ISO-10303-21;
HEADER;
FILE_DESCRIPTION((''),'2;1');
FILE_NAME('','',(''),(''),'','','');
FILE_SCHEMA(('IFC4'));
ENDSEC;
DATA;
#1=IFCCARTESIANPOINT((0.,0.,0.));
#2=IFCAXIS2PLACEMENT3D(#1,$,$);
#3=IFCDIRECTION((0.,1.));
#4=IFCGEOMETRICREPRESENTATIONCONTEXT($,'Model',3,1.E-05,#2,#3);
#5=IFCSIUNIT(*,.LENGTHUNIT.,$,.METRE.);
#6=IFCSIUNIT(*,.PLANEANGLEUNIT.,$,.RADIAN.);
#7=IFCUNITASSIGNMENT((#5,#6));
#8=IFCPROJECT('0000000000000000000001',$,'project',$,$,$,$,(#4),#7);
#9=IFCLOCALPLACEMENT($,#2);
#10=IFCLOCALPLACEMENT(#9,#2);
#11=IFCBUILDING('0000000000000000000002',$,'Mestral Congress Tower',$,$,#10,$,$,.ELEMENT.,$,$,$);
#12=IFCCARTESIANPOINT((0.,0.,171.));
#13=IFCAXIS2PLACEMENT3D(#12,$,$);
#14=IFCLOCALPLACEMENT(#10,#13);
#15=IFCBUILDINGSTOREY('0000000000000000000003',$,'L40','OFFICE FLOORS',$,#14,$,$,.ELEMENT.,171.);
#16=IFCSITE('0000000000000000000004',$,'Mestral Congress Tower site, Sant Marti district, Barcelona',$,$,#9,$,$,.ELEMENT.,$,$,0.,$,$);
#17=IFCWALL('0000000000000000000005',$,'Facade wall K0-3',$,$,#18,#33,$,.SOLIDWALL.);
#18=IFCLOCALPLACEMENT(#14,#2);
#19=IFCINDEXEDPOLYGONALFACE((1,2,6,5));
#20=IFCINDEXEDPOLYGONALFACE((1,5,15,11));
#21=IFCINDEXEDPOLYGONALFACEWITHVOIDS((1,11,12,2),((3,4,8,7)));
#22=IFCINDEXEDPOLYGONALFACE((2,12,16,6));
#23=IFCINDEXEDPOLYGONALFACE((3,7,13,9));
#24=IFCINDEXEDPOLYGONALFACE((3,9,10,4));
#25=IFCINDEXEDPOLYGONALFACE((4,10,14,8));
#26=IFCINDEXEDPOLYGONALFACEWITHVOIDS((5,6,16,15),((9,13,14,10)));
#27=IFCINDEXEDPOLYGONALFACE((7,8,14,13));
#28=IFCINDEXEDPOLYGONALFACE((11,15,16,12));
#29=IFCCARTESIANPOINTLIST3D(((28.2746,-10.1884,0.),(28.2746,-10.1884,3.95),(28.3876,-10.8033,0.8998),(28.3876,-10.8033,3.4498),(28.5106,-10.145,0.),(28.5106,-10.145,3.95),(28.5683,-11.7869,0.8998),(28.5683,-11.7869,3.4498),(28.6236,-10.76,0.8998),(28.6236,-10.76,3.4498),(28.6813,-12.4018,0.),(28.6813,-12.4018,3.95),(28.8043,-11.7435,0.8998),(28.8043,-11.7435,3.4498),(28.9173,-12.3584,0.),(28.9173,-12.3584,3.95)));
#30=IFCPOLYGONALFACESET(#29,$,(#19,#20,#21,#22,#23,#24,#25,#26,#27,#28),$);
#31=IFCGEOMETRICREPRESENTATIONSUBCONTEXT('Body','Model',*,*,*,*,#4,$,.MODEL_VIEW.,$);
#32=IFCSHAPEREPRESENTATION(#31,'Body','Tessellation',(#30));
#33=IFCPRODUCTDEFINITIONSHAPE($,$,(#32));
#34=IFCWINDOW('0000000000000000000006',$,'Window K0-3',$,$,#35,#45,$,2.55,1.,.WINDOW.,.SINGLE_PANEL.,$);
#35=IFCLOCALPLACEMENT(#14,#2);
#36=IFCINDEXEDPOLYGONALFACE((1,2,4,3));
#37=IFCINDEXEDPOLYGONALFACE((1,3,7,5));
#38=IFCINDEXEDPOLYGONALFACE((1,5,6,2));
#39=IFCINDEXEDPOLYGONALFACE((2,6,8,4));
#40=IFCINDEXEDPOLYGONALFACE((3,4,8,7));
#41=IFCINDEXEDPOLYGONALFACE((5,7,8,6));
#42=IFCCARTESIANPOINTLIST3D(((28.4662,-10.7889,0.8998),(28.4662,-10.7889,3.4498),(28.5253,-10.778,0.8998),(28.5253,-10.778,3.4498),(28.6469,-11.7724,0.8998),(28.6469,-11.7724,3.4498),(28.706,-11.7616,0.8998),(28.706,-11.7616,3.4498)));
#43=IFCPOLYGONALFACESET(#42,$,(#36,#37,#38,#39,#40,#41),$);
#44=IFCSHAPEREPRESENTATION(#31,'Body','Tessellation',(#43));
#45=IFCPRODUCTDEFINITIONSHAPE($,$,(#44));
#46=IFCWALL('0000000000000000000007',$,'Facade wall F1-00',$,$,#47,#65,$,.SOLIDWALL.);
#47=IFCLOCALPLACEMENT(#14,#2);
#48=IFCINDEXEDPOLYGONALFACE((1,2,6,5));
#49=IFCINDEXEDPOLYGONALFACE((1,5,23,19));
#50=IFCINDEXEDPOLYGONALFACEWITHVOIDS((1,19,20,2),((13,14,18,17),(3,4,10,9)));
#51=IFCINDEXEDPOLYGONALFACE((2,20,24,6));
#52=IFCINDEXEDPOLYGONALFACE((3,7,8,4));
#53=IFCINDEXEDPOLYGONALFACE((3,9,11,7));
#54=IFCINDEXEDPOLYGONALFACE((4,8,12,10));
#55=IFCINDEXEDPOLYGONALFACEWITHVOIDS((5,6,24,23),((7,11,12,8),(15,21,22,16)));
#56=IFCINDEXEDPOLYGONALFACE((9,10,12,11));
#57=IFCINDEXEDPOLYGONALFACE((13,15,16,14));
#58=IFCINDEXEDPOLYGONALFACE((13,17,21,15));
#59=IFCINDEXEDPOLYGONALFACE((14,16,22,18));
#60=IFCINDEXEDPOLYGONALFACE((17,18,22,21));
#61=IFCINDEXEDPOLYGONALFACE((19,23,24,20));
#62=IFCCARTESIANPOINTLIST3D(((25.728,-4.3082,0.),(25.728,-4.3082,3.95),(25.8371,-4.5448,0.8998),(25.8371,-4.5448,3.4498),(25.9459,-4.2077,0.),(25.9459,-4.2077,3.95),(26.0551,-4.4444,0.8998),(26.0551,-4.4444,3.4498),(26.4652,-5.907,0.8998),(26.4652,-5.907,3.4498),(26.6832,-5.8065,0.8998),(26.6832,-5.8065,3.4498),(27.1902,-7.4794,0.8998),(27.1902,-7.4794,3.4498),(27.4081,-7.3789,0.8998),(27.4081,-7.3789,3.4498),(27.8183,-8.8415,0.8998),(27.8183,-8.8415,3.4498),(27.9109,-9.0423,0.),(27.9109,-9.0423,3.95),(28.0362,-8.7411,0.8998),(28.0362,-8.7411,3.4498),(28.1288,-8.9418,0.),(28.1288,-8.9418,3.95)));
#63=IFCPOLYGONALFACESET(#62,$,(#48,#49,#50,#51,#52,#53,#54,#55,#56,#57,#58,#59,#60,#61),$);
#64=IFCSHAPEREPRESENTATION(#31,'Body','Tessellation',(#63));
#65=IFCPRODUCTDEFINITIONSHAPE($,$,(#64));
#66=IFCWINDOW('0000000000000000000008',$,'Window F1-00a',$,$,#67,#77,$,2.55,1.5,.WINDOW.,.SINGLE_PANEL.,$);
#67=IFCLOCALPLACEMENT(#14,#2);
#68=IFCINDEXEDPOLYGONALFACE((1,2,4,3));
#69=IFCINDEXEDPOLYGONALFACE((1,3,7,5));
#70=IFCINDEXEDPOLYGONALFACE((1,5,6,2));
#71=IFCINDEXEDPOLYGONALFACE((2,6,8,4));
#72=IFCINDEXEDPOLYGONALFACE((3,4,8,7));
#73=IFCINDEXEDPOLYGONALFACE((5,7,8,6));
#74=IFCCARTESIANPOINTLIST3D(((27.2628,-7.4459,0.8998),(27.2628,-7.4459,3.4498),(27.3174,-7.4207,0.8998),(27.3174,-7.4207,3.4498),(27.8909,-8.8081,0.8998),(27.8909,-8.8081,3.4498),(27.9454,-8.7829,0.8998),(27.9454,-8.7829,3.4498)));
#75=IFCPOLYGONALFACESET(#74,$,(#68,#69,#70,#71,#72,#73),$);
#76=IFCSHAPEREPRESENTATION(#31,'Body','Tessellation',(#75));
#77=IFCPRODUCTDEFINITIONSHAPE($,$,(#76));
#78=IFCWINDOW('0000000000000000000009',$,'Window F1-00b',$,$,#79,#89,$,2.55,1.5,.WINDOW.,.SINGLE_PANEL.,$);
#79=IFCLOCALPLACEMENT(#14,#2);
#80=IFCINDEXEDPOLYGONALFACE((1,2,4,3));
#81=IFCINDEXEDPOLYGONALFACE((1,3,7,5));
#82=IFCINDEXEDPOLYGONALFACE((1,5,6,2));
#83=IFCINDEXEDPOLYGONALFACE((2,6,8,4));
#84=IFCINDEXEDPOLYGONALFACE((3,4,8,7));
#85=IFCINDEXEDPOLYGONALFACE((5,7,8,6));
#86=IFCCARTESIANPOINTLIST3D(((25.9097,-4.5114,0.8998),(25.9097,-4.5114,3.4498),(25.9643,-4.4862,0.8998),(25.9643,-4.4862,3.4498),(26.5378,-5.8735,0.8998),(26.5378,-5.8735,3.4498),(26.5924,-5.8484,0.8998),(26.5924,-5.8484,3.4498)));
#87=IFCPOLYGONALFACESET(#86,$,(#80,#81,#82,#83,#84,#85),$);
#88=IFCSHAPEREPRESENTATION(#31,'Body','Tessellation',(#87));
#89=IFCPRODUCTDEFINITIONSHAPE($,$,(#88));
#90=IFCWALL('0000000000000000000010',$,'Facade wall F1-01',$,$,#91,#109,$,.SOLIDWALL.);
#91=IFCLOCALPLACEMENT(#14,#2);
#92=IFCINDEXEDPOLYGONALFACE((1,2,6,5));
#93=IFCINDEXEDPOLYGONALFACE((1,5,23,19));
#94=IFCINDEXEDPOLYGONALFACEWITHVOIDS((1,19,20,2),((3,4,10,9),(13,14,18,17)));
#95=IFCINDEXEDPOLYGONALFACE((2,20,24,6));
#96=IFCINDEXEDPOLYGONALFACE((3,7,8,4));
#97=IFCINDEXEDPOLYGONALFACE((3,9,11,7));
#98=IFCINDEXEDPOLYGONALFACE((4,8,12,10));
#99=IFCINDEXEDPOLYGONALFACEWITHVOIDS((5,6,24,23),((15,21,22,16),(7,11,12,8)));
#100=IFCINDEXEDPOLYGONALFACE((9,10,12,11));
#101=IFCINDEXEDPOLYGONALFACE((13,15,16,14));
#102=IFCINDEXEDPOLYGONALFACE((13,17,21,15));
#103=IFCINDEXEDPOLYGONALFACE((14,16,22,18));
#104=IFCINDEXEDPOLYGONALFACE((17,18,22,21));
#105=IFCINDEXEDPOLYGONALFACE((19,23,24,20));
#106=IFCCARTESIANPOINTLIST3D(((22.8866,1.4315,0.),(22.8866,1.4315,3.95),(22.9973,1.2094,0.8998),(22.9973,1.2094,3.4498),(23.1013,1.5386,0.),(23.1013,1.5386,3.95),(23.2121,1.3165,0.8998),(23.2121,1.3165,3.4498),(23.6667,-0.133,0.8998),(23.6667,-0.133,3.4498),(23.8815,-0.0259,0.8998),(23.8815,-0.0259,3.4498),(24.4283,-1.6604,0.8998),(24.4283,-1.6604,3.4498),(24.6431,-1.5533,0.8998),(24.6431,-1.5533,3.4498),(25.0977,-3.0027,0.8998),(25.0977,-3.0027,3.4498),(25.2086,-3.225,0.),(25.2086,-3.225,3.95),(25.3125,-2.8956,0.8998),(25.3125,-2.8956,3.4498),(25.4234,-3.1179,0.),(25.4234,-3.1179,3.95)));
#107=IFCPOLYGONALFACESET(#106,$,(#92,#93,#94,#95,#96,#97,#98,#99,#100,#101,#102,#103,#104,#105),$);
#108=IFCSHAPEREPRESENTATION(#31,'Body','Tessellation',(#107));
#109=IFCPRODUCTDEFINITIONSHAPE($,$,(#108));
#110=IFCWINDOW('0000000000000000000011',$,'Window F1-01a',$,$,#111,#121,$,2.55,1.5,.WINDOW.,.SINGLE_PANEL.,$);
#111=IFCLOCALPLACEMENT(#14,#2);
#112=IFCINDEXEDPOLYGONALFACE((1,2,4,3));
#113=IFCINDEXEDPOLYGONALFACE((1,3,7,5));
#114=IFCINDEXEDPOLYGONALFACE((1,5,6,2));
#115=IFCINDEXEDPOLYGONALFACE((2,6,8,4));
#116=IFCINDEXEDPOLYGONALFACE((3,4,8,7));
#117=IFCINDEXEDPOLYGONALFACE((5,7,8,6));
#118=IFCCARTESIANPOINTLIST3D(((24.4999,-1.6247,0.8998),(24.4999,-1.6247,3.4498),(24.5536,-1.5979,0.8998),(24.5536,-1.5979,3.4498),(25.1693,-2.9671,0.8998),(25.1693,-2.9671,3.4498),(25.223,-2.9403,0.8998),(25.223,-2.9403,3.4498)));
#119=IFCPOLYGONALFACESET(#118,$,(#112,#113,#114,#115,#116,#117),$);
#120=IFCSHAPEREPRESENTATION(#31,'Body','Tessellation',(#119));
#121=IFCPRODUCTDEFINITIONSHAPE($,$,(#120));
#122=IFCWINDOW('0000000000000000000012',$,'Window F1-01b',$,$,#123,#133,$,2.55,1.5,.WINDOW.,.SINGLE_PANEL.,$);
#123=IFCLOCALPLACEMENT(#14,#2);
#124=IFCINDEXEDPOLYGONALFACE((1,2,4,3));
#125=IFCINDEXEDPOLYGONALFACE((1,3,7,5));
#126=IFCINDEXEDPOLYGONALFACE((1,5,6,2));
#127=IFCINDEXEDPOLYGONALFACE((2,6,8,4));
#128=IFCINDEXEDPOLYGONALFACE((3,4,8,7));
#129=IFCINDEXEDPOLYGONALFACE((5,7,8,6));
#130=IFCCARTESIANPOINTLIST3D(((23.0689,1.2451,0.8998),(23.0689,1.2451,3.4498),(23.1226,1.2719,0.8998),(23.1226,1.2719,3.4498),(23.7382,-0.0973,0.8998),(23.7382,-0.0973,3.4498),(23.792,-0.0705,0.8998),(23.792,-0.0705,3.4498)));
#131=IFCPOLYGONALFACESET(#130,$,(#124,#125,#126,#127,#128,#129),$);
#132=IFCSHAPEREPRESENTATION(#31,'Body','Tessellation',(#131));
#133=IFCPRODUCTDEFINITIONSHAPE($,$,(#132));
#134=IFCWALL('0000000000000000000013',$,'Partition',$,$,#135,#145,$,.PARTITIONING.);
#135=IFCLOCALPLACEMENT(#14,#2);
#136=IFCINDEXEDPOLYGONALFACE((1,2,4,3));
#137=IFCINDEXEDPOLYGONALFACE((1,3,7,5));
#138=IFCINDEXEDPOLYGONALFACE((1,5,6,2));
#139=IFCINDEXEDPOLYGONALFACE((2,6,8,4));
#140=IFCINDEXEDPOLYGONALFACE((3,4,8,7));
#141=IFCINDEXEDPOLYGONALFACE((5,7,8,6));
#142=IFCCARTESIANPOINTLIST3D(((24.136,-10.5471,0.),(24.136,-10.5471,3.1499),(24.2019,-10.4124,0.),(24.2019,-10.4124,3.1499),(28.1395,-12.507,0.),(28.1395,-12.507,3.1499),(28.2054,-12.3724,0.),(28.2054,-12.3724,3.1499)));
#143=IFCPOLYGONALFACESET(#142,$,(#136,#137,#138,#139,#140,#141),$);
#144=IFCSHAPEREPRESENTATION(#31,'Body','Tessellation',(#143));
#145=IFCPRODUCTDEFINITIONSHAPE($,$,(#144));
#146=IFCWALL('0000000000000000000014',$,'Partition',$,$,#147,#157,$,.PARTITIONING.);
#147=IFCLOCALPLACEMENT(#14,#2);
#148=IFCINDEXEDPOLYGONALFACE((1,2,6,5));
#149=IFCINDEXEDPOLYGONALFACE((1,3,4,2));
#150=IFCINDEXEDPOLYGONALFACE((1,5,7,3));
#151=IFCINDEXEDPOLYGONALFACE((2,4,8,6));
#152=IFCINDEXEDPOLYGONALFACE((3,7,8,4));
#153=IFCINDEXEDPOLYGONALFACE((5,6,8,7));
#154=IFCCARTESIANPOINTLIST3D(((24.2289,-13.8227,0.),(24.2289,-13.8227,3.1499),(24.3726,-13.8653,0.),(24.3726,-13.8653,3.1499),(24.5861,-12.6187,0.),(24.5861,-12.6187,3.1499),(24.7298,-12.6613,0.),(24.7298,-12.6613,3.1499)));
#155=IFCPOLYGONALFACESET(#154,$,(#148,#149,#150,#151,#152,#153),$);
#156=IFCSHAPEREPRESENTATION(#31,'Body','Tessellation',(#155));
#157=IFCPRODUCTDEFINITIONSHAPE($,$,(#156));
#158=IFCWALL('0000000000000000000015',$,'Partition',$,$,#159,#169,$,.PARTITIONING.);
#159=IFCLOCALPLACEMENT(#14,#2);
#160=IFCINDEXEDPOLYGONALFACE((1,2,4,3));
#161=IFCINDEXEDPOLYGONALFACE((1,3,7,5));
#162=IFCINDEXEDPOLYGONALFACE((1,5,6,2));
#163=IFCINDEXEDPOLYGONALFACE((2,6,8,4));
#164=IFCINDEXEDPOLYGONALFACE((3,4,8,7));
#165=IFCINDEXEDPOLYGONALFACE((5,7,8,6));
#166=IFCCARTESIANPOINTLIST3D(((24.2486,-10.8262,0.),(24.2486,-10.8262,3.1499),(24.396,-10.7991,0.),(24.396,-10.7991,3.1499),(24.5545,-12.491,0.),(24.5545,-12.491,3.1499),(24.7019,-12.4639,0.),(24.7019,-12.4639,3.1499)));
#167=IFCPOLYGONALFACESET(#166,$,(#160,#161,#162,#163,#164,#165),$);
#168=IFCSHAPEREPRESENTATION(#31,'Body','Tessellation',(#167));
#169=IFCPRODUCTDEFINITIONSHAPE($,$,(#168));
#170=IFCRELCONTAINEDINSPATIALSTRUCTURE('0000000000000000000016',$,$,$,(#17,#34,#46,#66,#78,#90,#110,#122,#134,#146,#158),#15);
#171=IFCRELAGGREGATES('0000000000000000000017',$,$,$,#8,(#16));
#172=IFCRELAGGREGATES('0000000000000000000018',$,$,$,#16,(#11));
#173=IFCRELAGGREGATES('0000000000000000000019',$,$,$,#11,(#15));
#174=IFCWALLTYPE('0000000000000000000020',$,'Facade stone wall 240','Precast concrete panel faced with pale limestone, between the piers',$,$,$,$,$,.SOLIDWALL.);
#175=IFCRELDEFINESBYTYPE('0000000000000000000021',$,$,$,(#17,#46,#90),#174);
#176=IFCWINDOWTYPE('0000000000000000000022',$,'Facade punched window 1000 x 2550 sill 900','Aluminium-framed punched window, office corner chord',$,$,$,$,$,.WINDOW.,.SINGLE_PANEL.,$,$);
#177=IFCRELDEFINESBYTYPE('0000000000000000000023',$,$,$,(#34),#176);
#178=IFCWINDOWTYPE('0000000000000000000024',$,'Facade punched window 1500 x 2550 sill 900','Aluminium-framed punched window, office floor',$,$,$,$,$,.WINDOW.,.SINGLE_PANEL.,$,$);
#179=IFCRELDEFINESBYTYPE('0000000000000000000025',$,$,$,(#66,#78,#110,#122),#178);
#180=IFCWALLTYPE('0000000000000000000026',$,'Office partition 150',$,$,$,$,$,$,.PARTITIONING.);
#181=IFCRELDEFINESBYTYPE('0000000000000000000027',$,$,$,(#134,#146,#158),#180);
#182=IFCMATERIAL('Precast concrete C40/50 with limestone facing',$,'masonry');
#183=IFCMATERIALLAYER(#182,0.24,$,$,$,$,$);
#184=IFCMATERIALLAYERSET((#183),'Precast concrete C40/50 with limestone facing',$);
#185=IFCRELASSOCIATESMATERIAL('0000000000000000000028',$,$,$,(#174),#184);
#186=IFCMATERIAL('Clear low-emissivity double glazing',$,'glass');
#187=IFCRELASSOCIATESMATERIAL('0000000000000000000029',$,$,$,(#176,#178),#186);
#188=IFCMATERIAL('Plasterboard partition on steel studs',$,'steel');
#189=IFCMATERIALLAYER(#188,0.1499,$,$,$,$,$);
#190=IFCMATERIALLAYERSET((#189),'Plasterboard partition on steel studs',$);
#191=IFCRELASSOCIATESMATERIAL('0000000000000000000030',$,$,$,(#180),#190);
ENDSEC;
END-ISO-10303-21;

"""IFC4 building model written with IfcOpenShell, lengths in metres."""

from ifc_helpers import new_model, si_unit, direction, frame, frame_2d, origin, place, context, subcontext, project, spatial, rectangle, extrude, material, layer, layer_set, type_object, element, fill, save


model = new_model("IFC4")

# Units and contexts
model_context = context("Model", 3, precision=1e-05, world=origin(), true_north=direction((0.0, 1.0)))
body_context = subcontext(model_context, "Body", "Model", "MODEL_VIEW")
ifc_project = project(units=[si_unit("LENGTHUNIT", "METRE"), si_unit("PLANEANGLEUNIT", "RADIAN")], contexts=[model_context])

# Site, building, storey
site_placement = place(None, origin())
site = spatial("IfcSite", under=ifc_project, at=site_placement, Name="Mestral Congress Tower site, Sant Marti district, Barcelona", CompositionType="ELEMENT", RefElevation=0.0)
building_placement = place(site_placement, origin())
building = spatial("IfcBuilding", under=site, at=building_placement, Name="Mestral Congress Tower", CompositionType="ELEMENT")
storey_placement = place(building_placement, frame((0.0, 0.0, 171.0)))
storey = spatial("IfcBuildingStorey", under=building, at=storey_placement, Name="L40", Description="OFFICE FLOORS", CompositionType="ELEMENT", Elevation=171.0)

# Wall, opening, window
ifc_material_1 = material(Name="Precast concrete C40/50 with limestone facing", Category="masonry")
ifc_layer_1 = layer(ifc_material_1, 0.24)
ifc_layer_set_1 = layer_set([ifc_layer_1], Name="Precast concrete C40/50 with limestone facing")
wall_type_1 = type_object("IfcWallType", Name="Facade stone wall 240", Description="Precast concrete panel faced with pale limestone, between the piers", PredefinedType="SOLIDWALL", material=ifc_layer_set_1)
wall_1_placement = place(storey_placement, frame((28.7993, -12.3801, 0.0), z_axis=(0.0, 0.0, 1.0), x_axis=(-0.180737, 0.983531, 0.0)))
wall_1 = element("IfcWall", 1, at=wall_1_placement, inside=storey, type_object=wall_type_1, Name="Facade wall K0-3", PredefinedType="SOLIDWALL", context=body_context, shape_type="SweptSolid", body=[
    extrude(rectangle(XDim=2.2505, YDim=0.24, at=frame_2d((1.1252, 0.0))), origin(), (0.0, 0.0, 1.0), 3.95),
])
opening_1_placement = place(wall_1_placement, frame((0.6252, 0.0, 0.8999)))
opening_1 = element("IfcOpeningElement", 2, at=opening_1_placement, cuts=wall_1, PredefinedType="OPENING", context=body_context, shape_type="SweptSolid", body=[
    extrude(rectangle(XDim=1.0, YDim=2.55, at=frame_2d((0.5, 1.2749))), frame((0.0, 0.1299, 0.0), z_axis=(0.0, -1.0, 0.0), x_axis=(1.0, 0.0, 0.0)), (0.0, 0.0, 1.0), 0.26),
])
ifc_material_2 = material(Name="Clear low-emissivity double glazing", Category="glass")
window_type_1 = type_object("IfcWindowType", Name="Facade punched window 1000 x 2550 sill 900", Description="Aluminium-framed punched window, office corner chord", PartitioningType="SINGLE_PANEL", PredefinedType="WINDOW", material=ifc_material_2)
window_1_placement = place(opening_1_placement, origin())
window_1 = element("IfcWindow", 3, at=window_1_placement, inside=storey, type_object=window_type_1, Name="Window K0-3", OverallHeight=2.55, OverallWidth=1.0, PartitioningType="SINGLE_PANEL", PredefinedType="WINDOW", context=body_context, shape_type="SweptSolid", body=[
    extrude(rectangle(XDim=1.0, YDim=2.55, at=frame_2d((0.5, 1.2749))), frame((0.0, 0.04, 0.0), z_axis=(0.0, -1.0, 0.0), x_axis=(1.0, 0.0, 0.0)), (0.0, 0.0, 1.0), 0.0601),
])
fill(opening_1, window_1)

# Walls, openings, windows
wall_2_placement = place(storey_placement, frame((28.0198, -8.9919, 0.0), z_axis=(0.0, 0.0, 1.0), x_axis=(-0.418723, 0.908114, 0.0)))
wall_2 = element("IfcWall", 4, at=wall_2_placement, inside=storey, type_object=wall_type_1, Name="Facade wall F1-00", PredefinedType="SOLIDWALL", context=body_context, shape_type="SweptSolid", body=[
    extrude(rectangle(XDim=5.2131, YDim=0.24, at=frame_2d((2.6064, 0.0))), origin(), (0.0, 0.0, 1.0), 3.95),
])
opening_2_placement = place(wall_2_placement, frame((0.2209, 0.0, 0.8999)))
opening_2 = element("IfcOpeningElement", 5, at=opening_2_placement, cuts=wall_2, PredefinedType="OPENING", context=body_context, shape_type="SweptSolid", body=[
    extrude(rectangle(XDim=1.5, YDim=2.55, at=frame_2d((0.75, 1.2749))), frame((0.0, 0.1299, 0.0), z_axis=(0.0, -1.0, 0.0), x_axis=(1.0, 0.0, 0.0)), (0.0, 0.0, 1.0), 0.26),
])
opening_3_placement = place(wall_2_placement, frame((3.4524, 0.0, 0.8999)))
opening_3 = element("IfcOpeningElement", 6, at=opening_3_placement, cuts=wall_2, PredefinedType="OPENING", context=body_context, shape_type="SweptSolid", body=[
    extrude(rectangle(XDim=1.5, YDim=2.55, at=frame_2d((0.75, 1.2749))), frame((0.0, 0.1299, 0.0), z_axis=(0.0, -1.0, 0.0), x_axis=(1.0, 0.0, 0.0)), (0.0, 0.0, 1.0), 0.26),
])
window_type_2 = type_object("IfcWindowType", Name="Facade punched window 1500 x 2550 sill 900", Description="Aluminium-framed punched window, office floor", PartitioningType="SINGLE_PANEL", PredefinedType="WINDOW", material=ifc_material_2)
window_2_placement = place(opening_2_placement, origin())
window_2 = element("IfcWindow", 7, at=window_2_placement, inside=storey, type_object=window_type_2, Name="Window F1-00a", OverallHeight=2.55, OverallWidth=1.5, PartitioningType="SINGLE_PANEL", PredefinedType="WINDOW", context=body_context, shape_type="SweptSolid", body=[
    extrude(rectangle(XDim=1.5, YDim=2.55, at=frame_2d((0.75, 1.2749))), frame((0.0, 0.04, 0.0), z_axis=(0.0, -1.0, 0.0), x_axis=(1.0, 0.0, 0.0)), (0.0, 0.0, 1.0), 0.0601),
])
fill(opening_2, window_2)
window_3_placement = place(opening_3_placement, origin())
window_3 = element("IfcWindow", 8, at=window_3_placement, inside=storey, type_object=window_type_2, Name="Window F1-00b", OverallHeight=2.55, OverallWidth=1.5, PartitioningType="SINGLE_PANEL", PredefinedType="WINDOW", context=body_context, shape_type="SweptSolid", body=[
    extrude(rectangle(XDim=1.5, YDim=2.55, at=frame_2d((0.75, 1.2749))), frame((0.0, 0.04, 0.0), z_axis=(0.0, -1.0, 0.0), x_axis=(1.0, 0.0, 0.0)), (0.0, 0.0, 1.0), 0.0601),
])
fill(opening_3, window_3)
wall_3_placement = place(storey_placement, frame((25.3159, -3.1714, 0.0), z_axis=(0.0, 0.0, 1.0), x_axis=(-0.446256, 0.894905, 0.0)))
wall_3 = element("IfcWall", 9, at=wall_3_placement, inside=storey, type_object=wall_type_1, Name="Facade wall F1-01", PredefinedType="SOLIDWALL", context=body_context, shape_type="SweptSolid", body=[
    extrude(rectangle(XDim=5.2034, YDim=0.24, at=frame_2d((2.6016, 0.0))), origin(), (0.0, 0.0, 1.0), 3.95),
])
opening_4_placement = place(wall_3_placement, frame((0.2483, 0.0, 0.8999)))
opening_4 = element("IfcOpeningElement", 10, at=opening_4_placement, cuts=wall_3, PredefinedType="OPENING", context=body_context, shape_type="SweptSolid", body=[
    extrude(rectangle(XDim=1.5, YDim=2.55, at=frame_2d((0.75, 1.2749))), frame((0.0, 0.1299, 0.0), z_axis=(0.0, -1.0, 0.0), x_axis=(1.0, 0.0, 0.0)), (0.0, 0.0, 1.0), 0.26),
])
opening_5_placement = place(wall_3_placement, frame((3.4551, 0.0, 0.8999)))
opening_5 = element("IfcOpeningElement", 11, at=opening_5_placement, cuts=wall_3, PredefinedType="OPENING", context=body_context, shape_type="SweptSolid", body=[
    extrude(rectangle(XDim=1.5, YDim=2.55, at=frame_2d((0.75, 1.2749))), frame((0.0, 0.1299, 0.0), z_axis=(0.0, -1.0, 0.0), x_axis=(1.0, 0.0, 0.0)), (0.0, 0.0, 1.0), 0.26),
])
window_4_placement = place(opening_4_placement, origin())
window_4 = element("IfcWindow", 12, at=window_4_placement, inside=storey, type_object=window_type_2, Name="Window F1-01a", OverallHeight=2.55, OverallWidth=1.5, PartitioningType="SINGLE_PANEL", PredefinedType="WINDOW", context=body_context, shape_type="SweptSolid", body=[
    extrude(rectangle(XDim=1.5, YDim=2.55, at=frame_2d((0.75, 1.2749))), frame((0.0, 0.04, 0.0), z_axis=(0.0, -1.0, 0.0), x_axis=(1.0, 0.0, 0.0)), (0.0, 0.0, 1.0), 0.0601),
])
fill(opening_4, window_4)
window_5_placement = place(opening_5_placement, origin())
window_5 = element("IfcWindow", 13, at=window_5_placement, inside=storey, type_object=window_type_2, Name="Window F1-01b", OverallHeight=2.55, OverallWidth=1.5, PartitioningType="SINGLE_PANEL", PredefinedType="WINDOW", context=body_context, shape_type="SweptSolid", body=[
    extrude(rectangle(XDim=1.5, YDim=2.55, at=frame_2d((0.75, 1.2749))), frame((0.0, 0.04, 0.0), z_axis=(0.0, -1.0, 0.0), x_axis=(1.0, 0.0, 0.0)), (0.0, 0.0, 1.0), 0.0601),
])
fill(opening_5, window_5)

# Walls
ifc_material_3 = material(Name="Plasterboard partition on steel studs", Category="steel")
ifc_layer_2 = layer(ifc_material_3, 0.1499)
ifc_layer_set_2 = layer_set([ifc_layer_2], Name="Plasterboard partition on steel studs")
wall_type_2 = type_object("IfcWallType", Name="Office partition 150", PredefinedType="PARTITIONING", material=ifc_layer_set_2)
wall_4_placement = place(storey_placement, frame((24.1689, -10.4797, 0.0), z_axis=(0.0, 0.0, 1.0), x_axis=(0.898142, -0.439705, 0.0)))
element("IfcWall", 14, at=wall_4_placement, inside=storey, type_object=wall_type_2, Name="Partition", PredefinedType="PARTITIONING", context=body_context, shape_type="SweptSolid", body=[
    extrude(rectangle(XDim=4.4575, YDim=0.1499, at=frame_2d((2.2288, 0.0))), origin(), (0.0, 0.0, 1.0), 3.1499),
])
wall_5_placement = place(storey_placement, frame((24.3008, -13.844, 0.0), z_axis=(0.0, 0.0, 1.0), x_axis=(0.284386, 0.95871, 0.0)))
element("IfcWall", 15, at=wall_5_placement, inside=storey, type_object=wall_type_2, Name="Partition", PredefinedType="PARTITIONING", context=body_context, shape_type="SweptSolid", body=[
    extrude(rectangle(XDim=1.2559, YDim=0.1499, at=frame_2d((0.6279, 0.0))), origin(), (0.0, 0.0, 1.0), 3.1499),
])
wall_6_placement = place(storey_placement, frame((24.6282, -12.4773, 0.0), z_axis=(0.0, 0.0, 1.0), x_axis=(-0.180726, 0.983534, 0.0)))
element("IfcWall", 16, at=wall_6_placement, inside=storey, type_object=wall_type_2, Name="Partition", PredefinedType="PARTITIONING", context=body_context, shape_type="SweptSolid", body=[
    extrude(rectangle(XDim=1.6926, YDim=0.1499, at=frame_2d((0.8462, 0.0))), origin(), (0.0, 0.0, 1.0), 3.1499),
])

save(model, "model.ifc")
